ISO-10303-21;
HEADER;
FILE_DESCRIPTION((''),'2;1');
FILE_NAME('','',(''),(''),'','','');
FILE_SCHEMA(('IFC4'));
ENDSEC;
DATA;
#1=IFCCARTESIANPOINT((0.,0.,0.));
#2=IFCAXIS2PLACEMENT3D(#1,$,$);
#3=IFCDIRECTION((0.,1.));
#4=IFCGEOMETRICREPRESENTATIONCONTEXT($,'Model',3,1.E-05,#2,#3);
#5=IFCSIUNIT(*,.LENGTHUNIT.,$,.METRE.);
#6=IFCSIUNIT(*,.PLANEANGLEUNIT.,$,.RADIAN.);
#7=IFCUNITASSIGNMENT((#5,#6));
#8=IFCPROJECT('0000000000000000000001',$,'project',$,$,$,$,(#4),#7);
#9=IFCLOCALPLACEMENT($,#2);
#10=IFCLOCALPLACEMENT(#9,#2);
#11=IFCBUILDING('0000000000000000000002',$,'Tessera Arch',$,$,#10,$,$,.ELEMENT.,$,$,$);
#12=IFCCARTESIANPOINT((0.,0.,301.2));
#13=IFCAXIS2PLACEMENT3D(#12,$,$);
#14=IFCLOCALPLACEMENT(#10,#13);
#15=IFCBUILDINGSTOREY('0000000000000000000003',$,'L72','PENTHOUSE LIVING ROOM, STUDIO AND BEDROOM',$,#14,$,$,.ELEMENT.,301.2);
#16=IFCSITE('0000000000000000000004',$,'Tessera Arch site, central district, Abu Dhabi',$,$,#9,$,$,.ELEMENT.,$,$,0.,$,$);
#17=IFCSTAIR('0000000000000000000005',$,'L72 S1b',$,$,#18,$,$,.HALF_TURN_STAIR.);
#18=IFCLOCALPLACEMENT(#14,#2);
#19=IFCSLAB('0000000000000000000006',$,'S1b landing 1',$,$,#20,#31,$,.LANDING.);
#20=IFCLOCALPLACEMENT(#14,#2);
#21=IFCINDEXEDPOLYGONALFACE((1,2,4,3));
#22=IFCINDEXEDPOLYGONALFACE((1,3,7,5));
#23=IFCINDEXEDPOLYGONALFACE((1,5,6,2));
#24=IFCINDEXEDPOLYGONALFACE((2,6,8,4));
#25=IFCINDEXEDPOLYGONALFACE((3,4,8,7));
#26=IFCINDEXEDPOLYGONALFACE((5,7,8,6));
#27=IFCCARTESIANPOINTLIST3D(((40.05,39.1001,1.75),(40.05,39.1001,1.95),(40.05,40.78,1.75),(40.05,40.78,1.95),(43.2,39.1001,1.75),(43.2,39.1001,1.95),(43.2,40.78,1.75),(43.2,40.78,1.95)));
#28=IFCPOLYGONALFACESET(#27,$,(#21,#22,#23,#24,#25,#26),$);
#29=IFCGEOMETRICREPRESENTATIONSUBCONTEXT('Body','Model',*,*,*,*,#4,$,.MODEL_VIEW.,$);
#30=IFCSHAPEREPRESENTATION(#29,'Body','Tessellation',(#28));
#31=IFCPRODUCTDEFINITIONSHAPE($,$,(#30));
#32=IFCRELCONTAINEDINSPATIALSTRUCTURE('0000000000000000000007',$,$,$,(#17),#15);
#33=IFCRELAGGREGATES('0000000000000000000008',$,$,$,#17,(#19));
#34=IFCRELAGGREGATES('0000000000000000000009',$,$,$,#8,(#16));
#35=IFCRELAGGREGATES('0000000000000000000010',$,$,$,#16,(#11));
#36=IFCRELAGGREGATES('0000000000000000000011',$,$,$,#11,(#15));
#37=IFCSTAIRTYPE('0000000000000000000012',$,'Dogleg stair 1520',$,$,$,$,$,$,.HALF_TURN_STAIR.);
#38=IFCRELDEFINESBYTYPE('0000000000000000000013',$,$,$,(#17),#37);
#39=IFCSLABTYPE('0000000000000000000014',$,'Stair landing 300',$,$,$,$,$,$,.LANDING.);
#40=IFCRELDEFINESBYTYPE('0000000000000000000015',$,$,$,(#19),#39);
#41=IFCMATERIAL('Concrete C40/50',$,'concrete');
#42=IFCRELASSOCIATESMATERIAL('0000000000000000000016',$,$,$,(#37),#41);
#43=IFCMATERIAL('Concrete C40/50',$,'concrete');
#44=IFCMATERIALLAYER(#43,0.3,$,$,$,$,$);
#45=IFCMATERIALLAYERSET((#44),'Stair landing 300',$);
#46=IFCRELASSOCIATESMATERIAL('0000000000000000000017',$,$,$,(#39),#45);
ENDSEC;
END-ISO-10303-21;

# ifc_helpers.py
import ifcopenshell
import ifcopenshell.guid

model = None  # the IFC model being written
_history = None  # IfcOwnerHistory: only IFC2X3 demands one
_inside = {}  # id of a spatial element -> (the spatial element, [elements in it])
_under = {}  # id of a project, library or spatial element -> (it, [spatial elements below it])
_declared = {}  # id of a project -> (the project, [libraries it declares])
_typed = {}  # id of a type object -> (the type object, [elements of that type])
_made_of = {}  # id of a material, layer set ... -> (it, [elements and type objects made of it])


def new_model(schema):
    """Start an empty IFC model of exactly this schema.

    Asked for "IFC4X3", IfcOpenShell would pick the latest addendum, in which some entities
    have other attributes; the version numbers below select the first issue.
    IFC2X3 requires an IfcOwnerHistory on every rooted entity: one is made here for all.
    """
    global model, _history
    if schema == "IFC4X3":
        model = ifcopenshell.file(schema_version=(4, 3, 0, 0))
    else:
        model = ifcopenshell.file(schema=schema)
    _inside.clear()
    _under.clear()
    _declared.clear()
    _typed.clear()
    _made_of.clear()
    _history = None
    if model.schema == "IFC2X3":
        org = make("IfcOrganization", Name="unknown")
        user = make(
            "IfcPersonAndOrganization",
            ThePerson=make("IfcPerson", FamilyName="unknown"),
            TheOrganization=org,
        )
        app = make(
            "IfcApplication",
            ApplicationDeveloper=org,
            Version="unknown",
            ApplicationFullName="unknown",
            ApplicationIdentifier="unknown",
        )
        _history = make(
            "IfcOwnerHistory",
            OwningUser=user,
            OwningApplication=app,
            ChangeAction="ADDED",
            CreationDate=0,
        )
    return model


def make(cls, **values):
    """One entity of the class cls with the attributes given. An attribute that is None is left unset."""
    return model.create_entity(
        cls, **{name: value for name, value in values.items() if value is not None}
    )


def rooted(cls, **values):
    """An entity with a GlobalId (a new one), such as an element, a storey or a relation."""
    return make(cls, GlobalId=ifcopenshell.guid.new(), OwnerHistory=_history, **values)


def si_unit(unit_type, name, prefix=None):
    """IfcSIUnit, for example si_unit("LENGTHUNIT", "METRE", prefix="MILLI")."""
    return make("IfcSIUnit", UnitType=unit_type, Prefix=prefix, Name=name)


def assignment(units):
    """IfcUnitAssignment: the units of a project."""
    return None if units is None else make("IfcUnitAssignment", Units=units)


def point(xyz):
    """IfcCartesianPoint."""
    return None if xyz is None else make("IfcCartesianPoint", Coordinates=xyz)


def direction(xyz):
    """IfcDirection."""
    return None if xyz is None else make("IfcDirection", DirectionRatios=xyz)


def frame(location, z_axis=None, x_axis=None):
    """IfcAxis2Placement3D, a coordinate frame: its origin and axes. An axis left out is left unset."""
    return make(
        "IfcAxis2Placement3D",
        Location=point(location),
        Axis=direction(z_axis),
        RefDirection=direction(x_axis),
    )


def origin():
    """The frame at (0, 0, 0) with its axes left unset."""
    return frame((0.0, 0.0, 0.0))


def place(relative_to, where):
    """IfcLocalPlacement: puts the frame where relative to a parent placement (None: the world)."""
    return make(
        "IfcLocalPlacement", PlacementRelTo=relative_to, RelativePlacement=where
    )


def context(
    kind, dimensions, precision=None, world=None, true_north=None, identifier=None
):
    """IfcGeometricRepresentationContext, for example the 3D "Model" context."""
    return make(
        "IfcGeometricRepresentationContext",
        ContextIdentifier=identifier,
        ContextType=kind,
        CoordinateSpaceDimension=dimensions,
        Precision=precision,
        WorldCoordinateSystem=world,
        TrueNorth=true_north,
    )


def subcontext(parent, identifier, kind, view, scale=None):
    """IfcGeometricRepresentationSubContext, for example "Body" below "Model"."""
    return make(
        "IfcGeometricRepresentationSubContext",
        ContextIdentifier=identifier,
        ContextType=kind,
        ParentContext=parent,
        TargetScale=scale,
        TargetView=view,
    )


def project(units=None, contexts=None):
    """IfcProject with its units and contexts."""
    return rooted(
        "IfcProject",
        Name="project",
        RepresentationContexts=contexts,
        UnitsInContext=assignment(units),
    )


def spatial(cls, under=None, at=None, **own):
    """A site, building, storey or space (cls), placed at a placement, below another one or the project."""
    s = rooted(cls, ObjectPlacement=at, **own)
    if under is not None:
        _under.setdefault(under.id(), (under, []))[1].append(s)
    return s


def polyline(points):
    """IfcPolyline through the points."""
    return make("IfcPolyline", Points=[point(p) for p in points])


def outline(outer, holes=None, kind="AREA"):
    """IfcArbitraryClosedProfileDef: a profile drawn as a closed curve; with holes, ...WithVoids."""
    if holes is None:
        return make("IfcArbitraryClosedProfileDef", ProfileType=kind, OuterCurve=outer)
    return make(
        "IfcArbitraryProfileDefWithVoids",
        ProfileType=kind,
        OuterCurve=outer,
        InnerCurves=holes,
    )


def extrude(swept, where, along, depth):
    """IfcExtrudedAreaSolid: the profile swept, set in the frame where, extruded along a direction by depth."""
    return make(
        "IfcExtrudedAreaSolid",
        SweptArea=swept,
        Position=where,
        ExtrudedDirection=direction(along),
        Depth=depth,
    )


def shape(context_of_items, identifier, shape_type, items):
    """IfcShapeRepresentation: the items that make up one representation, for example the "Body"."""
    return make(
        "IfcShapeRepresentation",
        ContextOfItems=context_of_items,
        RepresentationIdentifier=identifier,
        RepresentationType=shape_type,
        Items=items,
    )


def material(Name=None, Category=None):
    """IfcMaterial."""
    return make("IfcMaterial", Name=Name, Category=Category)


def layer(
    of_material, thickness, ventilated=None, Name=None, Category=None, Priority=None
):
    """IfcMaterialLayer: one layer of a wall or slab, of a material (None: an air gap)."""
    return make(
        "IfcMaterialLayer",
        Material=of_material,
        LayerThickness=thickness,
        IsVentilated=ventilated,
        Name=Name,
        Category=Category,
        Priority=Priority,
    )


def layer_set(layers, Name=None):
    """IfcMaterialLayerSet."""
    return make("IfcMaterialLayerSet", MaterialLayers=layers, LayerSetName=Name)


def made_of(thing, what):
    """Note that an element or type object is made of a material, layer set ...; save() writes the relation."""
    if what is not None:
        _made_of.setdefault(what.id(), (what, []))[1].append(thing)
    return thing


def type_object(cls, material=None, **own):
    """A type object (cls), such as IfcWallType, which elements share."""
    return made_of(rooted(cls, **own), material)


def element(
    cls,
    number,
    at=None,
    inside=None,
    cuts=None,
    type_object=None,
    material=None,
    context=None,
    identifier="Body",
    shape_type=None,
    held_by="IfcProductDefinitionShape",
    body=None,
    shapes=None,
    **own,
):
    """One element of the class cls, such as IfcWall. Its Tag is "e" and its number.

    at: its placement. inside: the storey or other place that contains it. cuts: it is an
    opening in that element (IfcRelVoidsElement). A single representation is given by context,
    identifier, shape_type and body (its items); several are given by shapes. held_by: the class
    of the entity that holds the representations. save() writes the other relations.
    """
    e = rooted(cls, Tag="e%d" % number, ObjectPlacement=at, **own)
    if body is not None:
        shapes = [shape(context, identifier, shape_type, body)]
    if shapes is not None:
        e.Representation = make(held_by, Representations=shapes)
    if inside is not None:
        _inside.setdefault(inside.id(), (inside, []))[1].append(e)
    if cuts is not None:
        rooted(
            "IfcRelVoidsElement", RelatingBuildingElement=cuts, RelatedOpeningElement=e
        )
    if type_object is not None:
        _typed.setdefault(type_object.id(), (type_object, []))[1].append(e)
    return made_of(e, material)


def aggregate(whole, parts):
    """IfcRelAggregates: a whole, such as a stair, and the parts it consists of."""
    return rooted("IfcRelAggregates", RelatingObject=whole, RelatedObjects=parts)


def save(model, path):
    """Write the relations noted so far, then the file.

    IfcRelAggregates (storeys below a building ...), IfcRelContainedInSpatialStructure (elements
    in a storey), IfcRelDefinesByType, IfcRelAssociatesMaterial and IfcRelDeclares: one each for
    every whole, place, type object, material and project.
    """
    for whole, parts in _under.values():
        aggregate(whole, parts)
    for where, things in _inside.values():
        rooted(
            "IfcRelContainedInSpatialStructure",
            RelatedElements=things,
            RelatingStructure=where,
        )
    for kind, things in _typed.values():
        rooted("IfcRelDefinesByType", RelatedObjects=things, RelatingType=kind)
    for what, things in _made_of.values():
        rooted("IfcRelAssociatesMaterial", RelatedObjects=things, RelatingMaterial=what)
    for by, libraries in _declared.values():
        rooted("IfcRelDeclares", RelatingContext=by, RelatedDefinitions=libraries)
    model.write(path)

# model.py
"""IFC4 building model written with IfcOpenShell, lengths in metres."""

from ifc_helpers import new_model, si_unit, direction, frame, origin, place, context, subcontext, project, spatial, polyline, outline, extrude, material, layer, layer_set, type_object, element, aggregate, save


model = new_model("IFC4")

# Units and contexts
model_context = context("Model", 3, precision=1e-05, world=origin(), true_north=direction((0.0, 1.0)))
body_context = subcontext(model_context, "Body", "Model", "MODEL_VIEW")
ifc_project = project(units=[si_unit("LENGTHUNIT", "METRE"), si_unit("PLANEANGLEUNIT", "RADIAN")], contexts=[model_context])

# Site, building, storey
site_placement = place(None, origin())
site = spatial("IfcSite", under=ifc_project, at=site_placement, Name="Tessera Arch site, central district, Abu Dhabi", CompositionType="ELEMENT", RefElevation=0.0)
building_placement = place(site_placement, origin())
building = spatial("IfcBuilding", under=site, at=building_placement, Name="Tessera Arch", CompositionType="ELEMENT")
storey_placement = place(building_placement, frame((0.0, 0.0, 301.2)))
storey = spatial("IfcBuildingStorey", under=building, at=storey_placement, Name="L72", Description="PENTHOUSE LIVING ROOM, STUDIO AND BEDROOM", CompositionType="ELEMENT", Elevation=301.2)

# Stair, slab
ifc_material_1 = material(Name="Concrete C40/50", Category="concrete")
stair_type = type_object("IfcStairType", Name="Dogleg stair 1520", PredefinedType="HALF_TURN_STAIR", material=ifc_material_1)
ifc_material_2 = material(Name="Concrete C40/50", Category="concrete")
ifc_layer_1 = layer(ifc_material_2, 0.3)
ifc_layer_set_1 = layer_set([ifc_layer_1], Name="Stair landing 300")
slab_type_1 = type_object("IfcSlabType", Name="Stair landing 300", PredefinedType="LANDING", material=ifc_layer_set_1)
stair_1_placement = place(storey_placement, origin())
stair_1 = element("IfcStair", 1, at=stair_1_placement, inside=storey, type_object=stair_type, Name="L72 S1b", PredefinedType="HALF_TURN_STAIR")
slab_1_placement = place(storey_placement, frame((0.0, 0.0, 1.75)))
slab_1 = element("IfcSlab", 2, at=slab_1_placement, type_object=slab_type_1, Name="S1b landing 1", PredefinedType="LANDING", context=body_context, shape_type="SweptSolid", body=[
    extrude(outline(polyline([(40.05, 40.78), (40.05, 39.1001), (43.2, 39.1001), (43.2, 40.78), (40.05, 40.78)])), origin(), (0.0, 0.0, 1.0), 0.2),
])
aggregate(stair_1, [slab_1])

save(model, "model.ifc")
